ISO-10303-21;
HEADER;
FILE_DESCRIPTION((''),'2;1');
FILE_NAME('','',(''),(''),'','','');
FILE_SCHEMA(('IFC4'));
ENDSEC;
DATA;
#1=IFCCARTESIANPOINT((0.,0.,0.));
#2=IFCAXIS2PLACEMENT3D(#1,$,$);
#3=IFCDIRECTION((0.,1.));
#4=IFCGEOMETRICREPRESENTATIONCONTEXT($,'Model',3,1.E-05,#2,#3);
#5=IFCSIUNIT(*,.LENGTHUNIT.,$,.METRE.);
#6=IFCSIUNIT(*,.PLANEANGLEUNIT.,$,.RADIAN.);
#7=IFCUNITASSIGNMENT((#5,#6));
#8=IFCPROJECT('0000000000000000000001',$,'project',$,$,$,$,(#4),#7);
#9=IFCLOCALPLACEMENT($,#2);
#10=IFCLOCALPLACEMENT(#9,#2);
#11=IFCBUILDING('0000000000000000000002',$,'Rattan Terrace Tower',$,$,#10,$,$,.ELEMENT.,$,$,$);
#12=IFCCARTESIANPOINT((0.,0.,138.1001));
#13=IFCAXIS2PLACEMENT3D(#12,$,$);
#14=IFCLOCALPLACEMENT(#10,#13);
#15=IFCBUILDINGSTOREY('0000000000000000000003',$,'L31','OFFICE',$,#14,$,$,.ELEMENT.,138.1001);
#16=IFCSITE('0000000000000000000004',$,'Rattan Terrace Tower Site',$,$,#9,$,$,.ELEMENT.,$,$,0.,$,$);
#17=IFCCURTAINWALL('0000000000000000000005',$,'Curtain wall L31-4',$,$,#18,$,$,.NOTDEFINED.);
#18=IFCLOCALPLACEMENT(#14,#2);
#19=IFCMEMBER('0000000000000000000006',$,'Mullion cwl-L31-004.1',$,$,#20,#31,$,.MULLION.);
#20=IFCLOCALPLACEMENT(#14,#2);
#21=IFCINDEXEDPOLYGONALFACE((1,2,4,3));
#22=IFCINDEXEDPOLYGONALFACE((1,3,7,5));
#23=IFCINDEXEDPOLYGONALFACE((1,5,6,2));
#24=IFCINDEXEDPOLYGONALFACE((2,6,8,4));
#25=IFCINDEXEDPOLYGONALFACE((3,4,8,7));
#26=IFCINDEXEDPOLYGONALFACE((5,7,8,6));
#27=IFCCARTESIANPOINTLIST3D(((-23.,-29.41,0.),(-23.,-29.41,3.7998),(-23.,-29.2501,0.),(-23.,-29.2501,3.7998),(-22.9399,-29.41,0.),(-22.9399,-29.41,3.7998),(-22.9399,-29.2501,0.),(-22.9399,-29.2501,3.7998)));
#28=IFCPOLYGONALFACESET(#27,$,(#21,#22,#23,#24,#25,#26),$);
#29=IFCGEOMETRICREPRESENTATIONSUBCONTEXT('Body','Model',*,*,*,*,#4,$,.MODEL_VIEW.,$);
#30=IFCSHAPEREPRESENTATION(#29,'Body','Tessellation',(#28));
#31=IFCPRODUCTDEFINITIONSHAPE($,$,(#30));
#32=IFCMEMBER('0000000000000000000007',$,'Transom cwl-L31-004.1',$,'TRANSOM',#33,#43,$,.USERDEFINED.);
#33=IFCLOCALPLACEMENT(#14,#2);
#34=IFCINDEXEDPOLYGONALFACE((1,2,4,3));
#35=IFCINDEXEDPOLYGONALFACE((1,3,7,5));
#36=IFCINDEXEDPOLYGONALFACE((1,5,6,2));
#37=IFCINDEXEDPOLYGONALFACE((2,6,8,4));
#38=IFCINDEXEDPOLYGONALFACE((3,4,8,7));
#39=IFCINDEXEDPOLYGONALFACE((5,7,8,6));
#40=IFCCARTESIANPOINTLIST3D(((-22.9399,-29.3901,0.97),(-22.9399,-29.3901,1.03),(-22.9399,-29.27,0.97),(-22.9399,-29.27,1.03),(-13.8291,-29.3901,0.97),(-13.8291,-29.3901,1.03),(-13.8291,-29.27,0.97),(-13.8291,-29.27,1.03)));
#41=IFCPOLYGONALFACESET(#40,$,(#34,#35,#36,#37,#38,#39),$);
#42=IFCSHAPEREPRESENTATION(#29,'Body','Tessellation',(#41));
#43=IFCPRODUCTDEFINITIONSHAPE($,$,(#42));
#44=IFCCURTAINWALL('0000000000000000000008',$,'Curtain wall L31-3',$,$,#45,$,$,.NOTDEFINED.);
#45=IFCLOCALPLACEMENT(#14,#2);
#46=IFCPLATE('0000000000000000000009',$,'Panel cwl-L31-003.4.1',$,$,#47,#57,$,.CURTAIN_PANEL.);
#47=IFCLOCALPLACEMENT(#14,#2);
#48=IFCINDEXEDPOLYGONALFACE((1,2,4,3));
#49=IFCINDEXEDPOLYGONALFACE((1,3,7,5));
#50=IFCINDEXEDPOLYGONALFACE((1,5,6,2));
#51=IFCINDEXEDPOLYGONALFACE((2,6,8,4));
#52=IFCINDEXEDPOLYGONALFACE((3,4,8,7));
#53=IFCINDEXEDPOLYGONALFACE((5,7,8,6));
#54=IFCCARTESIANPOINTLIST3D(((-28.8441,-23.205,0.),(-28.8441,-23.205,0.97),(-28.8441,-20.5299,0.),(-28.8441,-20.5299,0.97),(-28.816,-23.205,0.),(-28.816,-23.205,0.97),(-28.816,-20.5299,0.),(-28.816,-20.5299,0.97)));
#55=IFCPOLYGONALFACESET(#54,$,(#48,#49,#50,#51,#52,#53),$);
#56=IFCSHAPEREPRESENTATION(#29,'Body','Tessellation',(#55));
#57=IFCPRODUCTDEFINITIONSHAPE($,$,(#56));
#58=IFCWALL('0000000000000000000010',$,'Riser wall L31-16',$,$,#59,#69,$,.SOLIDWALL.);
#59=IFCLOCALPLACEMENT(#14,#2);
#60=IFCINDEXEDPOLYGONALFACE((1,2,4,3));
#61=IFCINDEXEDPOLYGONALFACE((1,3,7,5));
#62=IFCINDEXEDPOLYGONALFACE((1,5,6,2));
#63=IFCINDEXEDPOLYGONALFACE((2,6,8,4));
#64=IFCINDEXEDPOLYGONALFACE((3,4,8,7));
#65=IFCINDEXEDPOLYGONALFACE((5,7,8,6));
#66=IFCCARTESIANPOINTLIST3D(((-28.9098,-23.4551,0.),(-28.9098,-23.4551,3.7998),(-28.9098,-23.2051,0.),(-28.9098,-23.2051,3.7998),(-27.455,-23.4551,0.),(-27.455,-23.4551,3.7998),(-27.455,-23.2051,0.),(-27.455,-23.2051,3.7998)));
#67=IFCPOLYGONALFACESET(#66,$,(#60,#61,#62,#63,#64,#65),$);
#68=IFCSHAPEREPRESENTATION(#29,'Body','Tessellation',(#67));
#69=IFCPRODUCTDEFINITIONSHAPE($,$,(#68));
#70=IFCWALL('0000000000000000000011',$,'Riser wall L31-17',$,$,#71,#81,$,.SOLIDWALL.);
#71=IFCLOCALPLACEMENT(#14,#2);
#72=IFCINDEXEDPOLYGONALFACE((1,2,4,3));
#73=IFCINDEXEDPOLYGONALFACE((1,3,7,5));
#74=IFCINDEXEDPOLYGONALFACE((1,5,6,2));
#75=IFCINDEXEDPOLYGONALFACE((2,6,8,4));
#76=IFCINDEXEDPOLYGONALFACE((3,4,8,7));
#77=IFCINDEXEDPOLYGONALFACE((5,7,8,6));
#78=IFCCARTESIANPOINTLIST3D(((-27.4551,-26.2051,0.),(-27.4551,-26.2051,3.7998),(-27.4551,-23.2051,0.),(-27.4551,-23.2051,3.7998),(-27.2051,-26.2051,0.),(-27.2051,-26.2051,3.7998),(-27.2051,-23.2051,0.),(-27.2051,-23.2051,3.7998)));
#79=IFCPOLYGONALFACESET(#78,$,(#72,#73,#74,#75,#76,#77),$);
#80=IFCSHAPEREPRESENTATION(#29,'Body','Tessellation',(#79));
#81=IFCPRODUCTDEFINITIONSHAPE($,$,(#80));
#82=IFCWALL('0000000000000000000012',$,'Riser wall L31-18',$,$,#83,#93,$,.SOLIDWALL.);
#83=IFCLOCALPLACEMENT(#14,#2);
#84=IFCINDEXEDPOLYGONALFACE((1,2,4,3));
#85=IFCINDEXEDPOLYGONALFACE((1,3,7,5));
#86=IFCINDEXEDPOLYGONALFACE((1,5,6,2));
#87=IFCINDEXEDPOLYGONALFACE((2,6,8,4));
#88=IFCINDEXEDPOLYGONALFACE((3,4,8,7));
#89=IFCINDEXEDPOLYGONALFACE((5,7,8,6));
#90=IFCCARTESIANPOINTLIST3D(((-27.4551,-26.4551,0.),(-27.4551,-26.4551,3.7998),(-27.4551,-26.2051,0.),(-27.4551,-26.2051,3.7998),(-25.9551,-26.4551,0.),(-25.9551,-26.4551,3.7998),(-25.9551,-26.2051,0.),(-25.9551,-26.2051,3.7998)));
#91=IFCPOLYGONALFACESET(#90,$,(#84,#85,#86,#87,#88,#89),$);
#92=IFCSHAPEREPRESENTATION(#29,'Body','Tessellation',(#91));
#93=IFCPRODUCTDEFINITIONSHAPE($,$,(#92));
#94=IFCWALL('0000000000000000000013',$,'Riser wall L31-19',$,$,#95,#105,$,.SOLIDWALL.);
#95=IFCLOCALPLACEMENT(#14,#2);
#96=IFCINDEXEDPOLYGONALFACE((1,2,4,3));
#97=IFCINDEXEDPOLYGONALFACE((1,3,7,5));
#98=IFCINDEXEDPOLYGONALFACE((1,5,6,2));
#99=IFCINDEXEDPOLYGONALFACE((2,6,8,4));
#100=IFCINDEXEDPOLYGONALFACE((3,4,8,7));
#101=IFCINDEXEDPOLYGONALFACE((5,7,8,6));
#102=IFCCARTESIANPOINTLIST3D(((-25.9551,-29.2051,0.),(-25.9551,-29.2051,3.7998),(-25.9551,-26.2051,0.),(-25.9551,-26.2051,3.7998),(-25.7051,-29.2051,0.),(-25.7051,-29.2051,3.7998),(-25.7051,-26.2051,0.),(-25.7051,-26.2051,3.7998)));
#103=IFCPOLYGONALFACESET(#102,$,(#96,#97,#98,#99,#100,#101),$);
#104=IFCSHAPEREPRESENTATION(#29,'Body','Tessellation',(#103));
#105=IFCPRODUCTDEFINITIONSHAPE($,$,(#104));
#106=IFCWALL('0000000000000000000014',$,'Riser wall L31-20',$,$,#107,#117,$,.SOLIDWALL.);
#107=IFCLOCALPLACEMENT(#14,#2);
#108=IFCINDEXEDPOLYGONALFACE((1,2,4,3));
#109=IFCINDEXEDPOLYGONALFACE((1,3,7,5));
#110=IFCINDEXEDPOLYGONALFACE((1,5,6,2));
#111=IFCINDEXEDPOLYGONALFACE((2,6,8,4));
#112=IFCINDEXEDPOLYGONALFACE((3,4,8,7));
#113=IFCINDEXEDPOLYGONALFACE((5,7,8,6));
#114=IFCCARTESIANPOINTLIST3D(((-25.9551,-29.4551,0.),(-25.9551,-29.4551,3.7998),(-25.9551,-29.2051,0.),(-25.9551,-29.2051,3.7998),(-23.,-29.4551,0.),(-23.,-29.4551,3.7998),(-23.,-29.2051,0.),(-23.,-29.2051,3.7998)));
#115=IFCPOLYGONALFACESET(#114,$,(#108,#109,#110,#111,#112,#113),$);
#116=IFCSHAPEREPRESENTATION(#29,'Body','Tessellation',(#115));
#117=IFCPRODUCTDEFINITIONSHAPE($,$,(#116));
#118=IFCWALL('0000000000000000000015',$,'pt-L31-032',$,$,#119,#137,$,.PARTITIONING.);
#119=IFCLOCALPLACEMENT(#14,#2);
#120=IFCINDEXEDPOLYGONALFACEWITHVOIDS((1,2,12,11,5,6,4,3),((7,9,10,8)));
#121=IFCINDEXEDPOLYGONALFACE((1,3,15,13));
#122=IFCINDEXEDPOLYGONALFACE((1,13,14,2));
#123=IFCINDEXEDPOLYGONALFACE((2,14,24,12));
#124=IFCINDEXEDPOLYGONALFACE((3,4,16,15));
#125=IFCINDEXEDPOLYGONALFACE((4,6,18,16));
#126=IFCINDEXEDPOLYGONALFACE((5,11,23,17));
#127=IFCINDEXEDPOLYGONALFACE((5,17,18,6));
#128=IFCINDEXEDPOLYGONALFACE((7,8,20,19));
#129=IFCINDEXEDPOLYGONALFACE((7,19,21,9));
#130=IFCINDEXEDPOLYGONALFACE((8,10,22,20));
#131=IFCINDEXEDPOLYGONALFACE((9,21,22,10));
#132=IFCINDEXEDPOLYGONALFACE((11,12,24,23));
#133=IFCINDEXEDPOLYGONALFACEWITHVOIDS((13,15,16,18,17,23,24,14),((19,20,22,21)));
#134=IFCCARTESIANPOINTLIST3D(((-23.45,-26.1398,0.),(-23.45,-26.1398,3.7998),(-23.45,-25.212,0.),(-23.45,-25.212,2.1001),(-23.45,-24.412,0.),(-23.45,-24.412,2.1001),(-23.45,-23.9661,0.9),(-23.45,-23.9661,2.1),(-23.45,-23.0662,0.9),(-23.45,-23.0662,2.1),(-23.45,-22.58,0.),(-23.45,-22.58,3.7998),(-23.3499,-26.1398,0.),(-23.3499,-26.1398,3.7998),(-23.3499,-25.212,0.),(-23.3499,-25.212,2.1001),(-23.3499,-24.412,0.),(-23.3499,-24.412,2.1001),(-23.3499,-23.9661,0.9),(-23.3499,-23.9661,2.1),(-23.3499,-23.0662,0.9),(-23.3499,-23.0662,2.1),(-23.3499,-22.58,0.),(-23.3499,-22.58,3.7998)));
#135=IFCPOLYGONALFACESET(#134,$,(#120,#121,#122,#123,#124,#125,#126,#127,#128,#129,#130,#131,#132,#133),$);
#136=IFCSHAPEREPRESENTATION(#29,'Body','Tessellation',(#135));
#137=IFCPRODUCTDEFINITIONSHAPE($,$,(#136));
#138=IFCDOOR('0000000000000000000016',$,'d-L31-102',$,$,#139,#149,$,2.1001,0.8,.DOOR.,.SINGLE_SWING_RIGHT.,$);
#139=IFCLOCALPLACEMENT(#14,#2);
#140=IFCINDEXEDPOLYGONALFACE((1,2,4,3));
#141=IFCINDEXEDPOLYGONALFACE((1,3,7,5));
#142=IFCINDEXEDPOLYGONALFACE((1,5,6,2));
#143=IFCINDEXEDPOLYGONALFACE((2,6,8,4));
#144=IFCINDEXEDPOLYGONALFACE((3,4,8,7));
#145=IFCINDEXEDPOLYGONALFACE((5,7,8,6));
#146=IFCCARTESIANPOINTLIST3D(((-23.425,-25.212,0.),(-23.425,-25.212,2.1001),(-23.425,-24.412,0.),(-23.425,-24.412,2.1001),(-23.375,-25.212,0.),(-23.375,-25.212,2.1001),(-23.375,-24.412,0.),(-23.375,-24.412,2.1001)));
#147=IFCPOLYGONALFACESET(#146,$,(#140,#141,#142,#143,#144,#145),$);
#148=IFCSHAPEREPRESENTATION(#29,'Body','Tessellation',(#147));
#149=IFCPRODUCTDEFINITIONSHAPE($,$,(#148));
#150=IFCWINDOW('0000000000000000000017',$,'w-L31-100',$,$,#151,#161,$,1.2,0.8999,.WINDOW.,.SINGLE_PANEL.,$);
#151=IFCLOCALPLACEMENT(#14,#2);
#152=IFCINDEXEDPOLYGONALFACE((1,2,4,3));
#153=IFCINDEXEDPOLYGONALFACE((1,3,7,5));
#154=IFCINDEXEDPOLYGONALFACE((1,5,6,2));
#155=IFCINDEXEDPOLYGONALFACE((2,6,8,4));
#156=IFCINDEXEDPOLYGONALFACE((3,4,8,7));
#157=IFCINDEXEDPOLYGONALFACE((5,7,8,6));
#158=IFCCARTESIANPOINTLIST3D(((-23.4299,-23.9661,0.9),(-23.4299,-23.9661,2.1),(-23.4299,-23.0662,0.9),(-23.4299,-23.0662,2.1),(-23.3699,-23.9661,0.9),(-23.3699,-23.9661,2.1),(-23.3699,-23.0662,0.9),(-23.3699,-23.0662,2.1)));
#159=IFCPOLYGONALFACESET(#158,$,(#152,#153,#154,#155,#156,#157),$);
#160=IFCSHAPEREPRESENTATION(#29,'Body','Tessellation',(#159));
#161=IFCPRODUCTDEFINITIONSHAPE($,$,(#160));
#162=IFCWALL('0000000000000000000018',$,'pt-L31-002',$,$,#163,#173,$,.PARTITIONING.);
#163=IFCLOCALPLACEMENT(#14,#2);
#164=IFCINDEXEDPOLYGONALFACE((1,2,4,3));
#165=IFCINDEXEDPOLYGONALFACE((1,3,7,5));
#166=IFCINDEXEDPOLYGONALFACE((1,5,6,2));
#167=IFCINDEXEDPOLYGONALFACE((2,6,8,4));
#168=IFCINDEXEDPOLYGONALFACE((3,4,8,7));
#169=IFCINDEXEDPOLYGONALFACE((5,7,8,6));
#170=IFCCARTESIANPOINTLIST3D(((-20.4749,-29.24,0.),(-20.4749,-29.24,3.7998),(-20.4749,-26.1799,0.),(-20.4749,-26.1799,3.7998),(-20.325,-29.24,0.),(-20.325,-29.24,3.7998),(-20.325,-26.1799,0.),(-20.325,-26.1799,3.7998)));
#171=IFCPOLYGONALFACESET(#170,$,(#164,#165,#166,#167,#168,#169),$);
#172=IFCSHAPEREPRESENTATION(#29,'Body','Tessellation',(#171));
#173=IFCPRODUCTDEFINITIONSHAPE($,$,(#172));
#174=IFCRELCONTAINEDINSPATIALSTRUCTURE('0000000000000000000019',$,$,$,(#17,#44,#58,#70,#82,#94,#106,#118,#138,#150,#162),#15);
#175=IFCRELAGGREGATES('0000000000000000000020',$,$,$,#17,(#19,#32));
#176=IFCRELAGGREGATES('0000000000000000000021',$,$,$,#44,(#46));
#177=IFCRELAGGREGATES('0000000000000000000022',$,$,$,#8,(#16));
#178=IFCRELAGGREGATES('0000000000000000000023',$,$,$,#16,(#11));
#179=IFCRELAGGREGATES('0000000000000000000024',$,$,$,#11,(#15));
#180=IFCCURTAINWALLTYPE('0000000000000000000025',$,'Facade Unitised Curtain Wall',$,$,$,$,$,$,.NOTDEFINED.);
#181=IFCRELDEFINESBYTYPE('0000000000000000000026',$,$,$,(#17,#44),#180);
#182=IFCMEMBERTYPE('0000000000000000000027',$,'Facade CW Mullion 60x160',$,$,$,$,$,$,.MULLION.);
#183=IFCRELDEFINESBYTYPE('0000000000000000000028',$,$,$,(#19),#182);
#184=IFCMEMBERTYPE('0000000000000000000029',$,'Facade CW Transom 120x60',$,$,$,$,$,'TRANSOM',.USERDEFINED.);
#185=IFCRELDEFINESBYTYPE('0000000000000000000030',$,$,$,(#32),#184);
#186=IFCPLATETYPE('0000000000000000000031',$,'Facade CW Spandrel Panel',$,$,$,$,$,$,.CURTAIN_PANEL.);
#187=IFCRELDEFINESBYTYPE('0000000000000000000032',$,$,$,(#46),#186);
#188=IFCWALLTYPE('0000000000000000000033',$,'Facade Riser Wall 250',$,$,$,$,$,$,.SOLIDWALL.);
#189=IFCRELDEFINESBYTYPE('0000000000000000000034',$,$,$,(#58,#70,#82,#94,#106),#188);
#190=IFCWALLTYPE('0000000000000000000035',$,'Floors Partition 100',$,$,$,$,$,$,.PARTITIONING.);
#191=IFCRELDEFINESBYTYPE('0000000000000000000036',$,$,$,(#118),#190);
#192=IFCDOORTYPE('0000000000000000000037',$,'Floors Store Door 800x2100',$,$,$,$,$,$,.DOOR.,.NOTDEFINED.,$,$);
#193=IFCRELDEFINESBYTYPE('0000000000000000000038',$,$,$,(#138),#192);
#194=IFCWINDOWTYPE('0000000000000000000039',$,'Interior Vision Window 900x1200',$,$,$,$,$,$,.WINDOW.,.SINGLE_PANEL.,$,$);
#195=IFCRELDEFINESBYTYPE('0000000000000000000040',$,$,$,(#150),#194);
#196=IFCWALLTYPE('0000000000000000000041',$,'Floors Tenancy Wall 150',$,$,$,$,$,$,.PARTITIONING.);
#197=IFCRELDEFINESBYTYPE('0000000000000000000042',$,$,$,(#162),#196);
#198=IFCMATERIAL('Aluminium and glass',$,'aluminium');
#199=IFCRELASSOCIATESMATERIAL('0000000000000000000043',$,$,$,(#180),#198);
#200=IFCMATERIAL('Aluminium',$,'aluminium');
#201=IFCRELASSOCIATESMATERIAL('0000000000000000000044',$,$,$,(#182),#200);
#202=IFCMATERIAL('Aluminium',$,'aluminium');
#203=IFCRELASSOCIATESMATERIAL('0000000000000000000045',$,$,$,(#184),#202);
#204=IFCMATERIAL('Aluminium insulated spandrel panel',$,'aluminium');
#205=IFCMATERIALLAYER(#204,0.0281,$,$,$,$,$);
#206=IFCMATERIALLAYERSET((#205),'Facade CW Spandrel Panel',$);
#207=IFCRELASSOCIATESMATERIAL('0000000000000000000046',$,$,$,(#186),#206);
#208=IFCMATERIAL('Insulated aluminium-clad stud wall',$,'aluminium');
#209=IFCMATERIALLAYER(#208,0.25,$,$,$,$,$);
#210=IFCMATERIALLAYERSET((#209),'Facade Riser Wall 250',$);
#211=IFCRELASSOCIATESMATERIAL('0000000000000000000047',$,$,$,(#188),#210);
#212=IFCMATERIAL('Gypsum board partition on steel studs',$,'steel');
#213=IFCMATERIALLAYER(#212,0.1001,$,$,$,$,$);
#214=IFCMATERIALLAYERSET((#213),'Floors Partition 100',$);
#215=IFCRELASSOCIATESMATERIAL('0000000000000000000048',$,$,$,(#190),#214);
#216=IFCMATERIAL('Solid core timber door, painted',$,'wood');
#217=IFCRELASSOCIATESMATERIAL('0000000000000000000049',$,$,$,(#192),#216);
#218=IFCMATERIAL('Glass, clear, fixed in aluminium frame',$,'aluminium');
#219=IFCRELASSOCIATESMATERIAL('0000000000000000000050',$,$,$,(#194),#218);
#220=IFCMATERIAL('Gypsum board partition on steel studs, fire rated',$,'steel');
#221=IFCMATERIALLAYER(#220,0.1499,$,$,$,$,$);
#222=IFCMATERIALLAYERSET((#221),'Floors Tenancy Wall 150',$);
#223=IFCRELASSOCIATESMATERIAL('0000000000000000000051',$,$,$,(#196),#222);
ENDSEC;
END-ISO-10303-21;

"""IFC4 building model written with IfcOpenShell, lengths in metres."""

from ifc_helpers import new_model, si_unit, direction, frame, frame_2d, origin, origin_2d, place, context, subcontext, project, spatial, rectangle, extrude, material, layer, layer_set, material_profile, profile_set, type_object, element, fill, aggregate, save


model = new_model("IFC4")

# Units and contexts
model_context = context("Model", 3, precision=1e-05, world=origin(), true_north=direction((0.0, 1.0)))
body_context = subcontext(model_context, "Body", "Model", "MODEL_VIEW")
ifc_project = project(units=[si_unit("LENGTHUNIT", "METRE"), si_unit("PLANEANGLEUNIT", "RADIAN")], contexts=[model_context])

# Site, building, storey
site_placement = place(None, origin())
site = spatial("IfcSite", under=ifc_project, at=site_placement, Name="Rattan Terrace Tower Site", CompositionType="ELEMENT", RefElevation=0.0)
building_placement = place(site_placement, origin())
building = spatial("IfcBuilding", under=site, at=building_placement, Name="Rattan Terrace Tower", CompositionType="ELEMENT")
storey_placement = place(building_placement, frame((0.0, 0.0, 138.1001)))
storey = spatial("IfcBuildingStorey", under=building, at=storey_placement, Name="L31", Description="OFFICE", CompositionType="ELEMENT", Elevation=138.1001)

# Curtain wall, members
ifc_material_1 = material(Name="Aluminium and glass", Category="aluminium")
curtain_wall_type = type_object("IfcCurtainWallType", Name="Facade Unitised Curtain Wall", PredefinedType="NOTDEFINED", material=ifc_material_1)
curtain_wall_1_placement = place(storey_placement, origin())
curtain_wall_1 = element("IfcCurtainWall", 1, at=curtain_wall_1_placement, inside=storey, type_object=curtain_wall_type, Name="Curtain wall L31-4", PredefinedType="NOTDEFINED")
ifc_material_2 = material(Name="Aluminium", Category="aluminium")
ifc_material_profile_1 = material_profile(ifc_material_2, rectangle(XDim=0.0601, YDim=0.1599, at=origin_2d()), Name="Aluminium 60x160")
ifc_profile_set_1 = profile_set([ifc_material_profile_1], Name="Aluminium")
member_type_1 = type_object("IfcMemberType", Name="Facade CW Mullion 60x160", PredefinedType="MULLION", material=ifc_profile_set_1)
member_1_placement = place(storey_placement, frame((-22.97, -29.3301, 0.0), z_axis=(0.0, 0.0, 1.0), x_axis=(1.0, 0.0, 0.0)))
member_1 = element("IfcMember", 2, at=member_1_placement, type_object=member_type_1, Name="Mullion cwl-L31-004.1", PredefinedType="MULLION", context=body_context, shape_type="SweptSolid", body=[
    extrude(rectangle(XDim=0.0601, YDim=0.1599, at=origin_2d()), origin(), (0.0, 0.0, 1.0), 3.7998),
])
ifc_material_3 = material(Name="Aluminium", Category="aluminium")
ifc_material_profile_2 = material_profile(ifc_material_3, rectangle(XDim=0.1201, YDim=0.0601, at=origin_2d()), Name="Aluminium 120x60")
ifc_profile_set_2 = profile_set([ifc_material_profile_2], Name="Aluminium")
member_type_2 = type_object("IfcMemberType", Name="Facade CW Transom 120x60", ElementType="TRANSOM", PredefinedType="USERDEFINED", material=ifc_profile_set_2)
member_2_placement = place(storey_placement, frame((-22.9399, -29.3301, 1.0), z_axis=(1.0, 0.0, 0.0), x_axis=(0.0, 1.0, 0.0)))
member_2 = element("IfcMember", 3, at=member_2_placement, type_object=member_type_2, Name="Transom cwl-L31-004.1", ObjectType="TRANSOM", PredefinedType="USERDEFINED", context=body_context, shape_type="SweptSolid", body=[
    extrude(rectangle(XDim=0.1201, YDim=0.0601, at=origin_2d()), origin(), (0.0, 0.0, 1.0), 9.1108),
])
aggregate(curtain_wall_1, [member_1, member_2])

# Curtain wall, plate
curtain_wall_2_placement = place(storey_placement, origin())
curtain_wall_2 = element("IfcCurtainWall", 4, at=curtain_wall_2_placement, inside=storey, type_object=curtain_wall_type, Name="Curtain wall L31-3", PredefinedType="NOTDEFINED")
ifc_material_4 = material(Name="Aluminium insulated spandrel panel", Category="aluminium")
ifc_layer_1 = layer(ifc_material_4, 0.0281)
ifc_layer_set_1 = layer_set([ifc_layer_1], Name="Facade CW Spandrel Panel")
plate_type = type_object("IfcPlateType", Name="Facade CW Spandrel Panel", PredefinedType="CURTAIN_PANEL", material=ifc_layer_set_1)
plate_placement = place(storey_placement, frame((-28.8301, -21.8674, 0.0), z_axis=(0.0, 0.0, 1.0), x_axis=(0.0, -1.0, 0.0)))
plate = element("IfcPlate", 5, at=plate_placement, type_object=plate_type, Name="Panel cwl-L31-003.4.1", PredefinedType="CURTAIN_PANEL", context=body_context, shape_type="SweptSolid", body=[
    extrude(rectangle(XDim=2.675, YDim=0.0281, at=origin_2d()), origin(), (0.0, 0.0, 1.0), 0.97),
])
aggregate(curtain_wall_2, [plate])

# Walls
ifc_material_5 = material(Name="Insulated aluminium-clad stud wall", Category="aluminium")
ifc_layer_2 = layer(ifc_material_5, 0.25)
ifc_layer_set_2 = layer_set([ifc_layer_2], Name="Facade Riser Wall 250")
wall_type_1 = type_object("IfcWallType", Name="Facade Riser Wall 250", PredefinedType="SOLIDWALL", material=ifc_layer_set_2)
wall_1_placement = place(storey_placement, frame((-28.9099, -23.3301, 0.0), z_axis=(0.0, 0.0, 1.0), x_axis=(1.0, 0.0, 0.0)))
element("IfcWall", 6, at=wall_1_placement, inside=storey, type_object=wall_type_1, Name="Riser wall L31-16", PredefinedType="SOLIDWALL", context=body_context, shape_type="SweptSolid", body=[
    extrude(rectangle(XDim=1.4548, YDim=0.25, at=frame_2d((0.7275, 0.0))), origin(), (0.0, 0.0, 1.0), 3.7998),
])
wall_2_placement = place(storey_placement, frame((-27.3301, -23.2051, 0.0), z_axis=(0.0, 0.0, 1.0), x_axis=(0.0, -1.0, 0.0)))
element("IfcWall", 7, at=wall_2_placement, inside=storey, type_object=wall_type_1, Name="Riser wall L31-17", PredefinedType="SOLIDWALL", context=body_context, shape_type="SweptSolid", body=[
    extrude(rectangle(XDim=3.0, YDim=0.25, at=frame_2d((1.5, 0.0))), origin(), (0.0, 0.0, 1.0), 3.7998),
])
wall_3_placement = place(storey_placement, frame((-27.4551, -26.3301, 0.0), z_axis=(0.0, 0.0, 1.0), x_axis=(1.0, 0.0, 0.0)))
element("IfcWall", 8, at=wall_3_placement, inside=storey, type_object=wall_type_1, Name="Riser wall L31-18", PredefinedType="SOLIDWALL", context=body_context, shape_type="SweptSolid", body=[
    extrude(rectangle(XDim=1.5, YDim=0.25, at=frame_2d((0.75, 0.0))), origin(), (0.0, 0.0, 1.0), 3.7998),
])
wall_4_placement = place(storey_placement, frame((-25.8301, -26.2051, 0.0), z_axis=(0.0, 0.0, 1.0), x_axis=(0.0, -1.0, 0.0)))
element("IfcWall", 9, at=wall_4_placement, inside=storey, type_object=wall_type_1, Name="Riser wall L31-19", PredefinedType="SOLIDWALL", context=body_context, shape_type="SweptSolid", body=[
    extrude(rectangle(XDim=3.0, YDim=0.25, at=frame_2d((1.5, 0.0))), origin(), (0.0, 0.0, 1.0), 3.7998),
])
wall_5_placement = place(storey_placement, frame((-25.9551, -29.3301, 0.0), z_axis=(0.0, 0.0, 1.0), x_axis=(1.0, 0.0, 0.0)))
element("IfcWall", 10, at=wall_5_placement, inside=storey, type_object=wall_type_1, Name="Riser wall L31-20", PredefinedType="SOLIDWALL", context=body_context, shape_type="SweptSolid", body=[
    extrude(rectangle(XDim=2.9551, YDim=0.25, at=frame_2d((1.4775, 0.0))), origin(), (0.0, 0.0, 1.0), 3.7998),
])

# Wall, openings, door, window
ifc_material_6 = material(Name="Gypsum board partition on steel studs", Category="steel")
ifc_layer_3 = layer(ifc_material_6, 0.1001)
ifc_layer_set_3 = layer_set([ifc_layer_3], Name="Floors Partition 100")
wall_type_2 = type_object("IfcWallType", Name="Floors Partition 100", PredefinedType="PARTITIONING", material=ifc_layer_set_3)
wall_6_placement = place(storey_placement, frame((-23.3999, -22.5801, 0.0), z_axis=(0.0, 0.0, 1.0), x_axis=(0.0, -1.0, 0.0)))
wall_6 = element("IfcWall", 11, at=wall_6_placement, inside=storey, type_object=wall_type_2, Name="pt-L31-032", PredefinedType="PARTITIONING", context=body_context, shape_type="SweptSolid", body=[
    extrude(rectangle(XDim=3.5598, YDim=0.1001, at=frame_2d((1.7798, 0.0))), origin(), (0.0, 0.0, 1.0), 3.7998),
])
opening_1_placement = place(wall_6_placement, frame((1.832, 0.0, 0.0)))
opening_1 = element("IfcOpeningElement", 12, at=opening_1_placement, cuts=wall_6, PredefinedType="OPENING", context=body_context, shape_type="SweptSolid", body=[
    extrude(rectangle(XDim=0.8, YDim=2.1001, at=frame_2d((0.3999, 1.05))), frame((0.0, 0.0605, 0.0), z_axis=(0.0, -1.0, 0.0), x_axis=(1.0, 0.0, 0.0)), (0.0, 0.0, 1.0), 0.1211),
])
opening_2_placement = place(wall_6_placement, frame((0.4861, 0.0, 0.8999)))
opening_2 = element("IfcOpeningElement", 13, at=opening_2_placement, cuts=wall_6, PredefinedType="OPENING", context=body_context, shape_type="SweptSolid", body=[
    extrude(rectangle(XDim=0.8999, YDim=1.2, at=frame_2d((0.45, 0.6001))), frame((0.0, 0.0605, 0.0), z_axis=(0.0, -1.0, 0.0), x_axis=(1.0, 0.0, 0.0)), (0.0, 0.0, 1.0), 0.1211),
])
ifc_material_7 = material(Name="Solid core timber door, painted", Category="wood")
door_type_1 = type_object("IfcDoorType", Name="Floors Store Door 800x2100", OperationType="NOTDEFINED", PredefinedType="DOOR", material=ifc_material_7)
door_1_placement = place(opening_1_placement, origin())
door_1 = element("IfcDoor", 14, at=door_1_placement, inside=storey, type_object=door_type_1, Name="d-L31-102", OperationType="SINGLE_SWING_RIGHT", OverallHeight=2.1001, OverallWidth=0.8, PredefinedType="DOOR", context=body_context, shape_type="SweptSolid", body=[
    extrude(rectangle(XDim=0.8, YDim=2.1001, at=frame_2d((0.3999, 1.05))), frame((0.0, 0.0249, 0.0), z_axis=(0.0, -1.0, 0.0), x_axis=(1.0, 0.0, 0.0)), (0.0, 0.0, 1.0), 0.05),
])
fill(opening_1, door_1)
ifc_material_8 = material(Name="Glass, clear, fixed in aluminium frame", Category="aluminium")
window_type = type_object("IfcWindowType", Name="Interior Vision Window 900x1200", PartitioningType="SINGLE_PANEL", PredefinedType="WINDOW", material=ifc_material_8)
window_placement = place(opening_2_placement, origin())
window = element("IfcWindow", 15, at=window_placement, inside=storey, type_object=window_type, Name="w-L31-100", OverallHeight=1.2, OverallWidth=0.8999, PartitioningType="SINGLE_PANEL", PredefinedType="WINDOW", context=body_context, shape_type="SweptSolid", body=[
    extrude(rectangle(XDim=0.8999, YDim=1.2, at=frame_2d((0.45, 0.6001))), frame((0.0, 0.03, 0.0), z_axis=(0.0, -1.0, 0.0), x_axis=(1.0, 0.0, 0.0)), (0.0, 0.0, 1.0), 0.0601),
])
fill(opening_2, window)

# Wall
ifc_material_9 = material(Name="Gypsum board partition on steel studs, fire rated", Category="steel")
ifc_layer_4 = layer(ifc_material_9, 0.1499)
ifc_layer_set_4 = layer_set([ifc_layer_4], Name="Floors Tenancy Wall 150")
wall_type_3 = type_object("IfcWallType", Name="Floors Tenancy Wall 150", PredefinedType="PARTITIONING", material=ifc_layer_set_4)
wall_7_placement = place(storey_placement, frame((-20.3999, -29.24, 0.0), z_axis=(0.0, 0.0, 1.0), x_axis=(0.0, 1.0, 0.0)))
element("IfcWall", 16, at=wall_7_placement, inside=storey, type_object=wall_type_3, Name="pt-L31-002", PredefinedType="PARTITIONING", context=body_context, shape_type="SweptSolid", body=[
    extrude(rectangle(XDim=3.0601, YDim=0.1499, at=frame_2d((1.53, 0.0))), origin(), (0.0, 0.0, 1.0), 3.7998),
])

save(model, "model.ifc")
